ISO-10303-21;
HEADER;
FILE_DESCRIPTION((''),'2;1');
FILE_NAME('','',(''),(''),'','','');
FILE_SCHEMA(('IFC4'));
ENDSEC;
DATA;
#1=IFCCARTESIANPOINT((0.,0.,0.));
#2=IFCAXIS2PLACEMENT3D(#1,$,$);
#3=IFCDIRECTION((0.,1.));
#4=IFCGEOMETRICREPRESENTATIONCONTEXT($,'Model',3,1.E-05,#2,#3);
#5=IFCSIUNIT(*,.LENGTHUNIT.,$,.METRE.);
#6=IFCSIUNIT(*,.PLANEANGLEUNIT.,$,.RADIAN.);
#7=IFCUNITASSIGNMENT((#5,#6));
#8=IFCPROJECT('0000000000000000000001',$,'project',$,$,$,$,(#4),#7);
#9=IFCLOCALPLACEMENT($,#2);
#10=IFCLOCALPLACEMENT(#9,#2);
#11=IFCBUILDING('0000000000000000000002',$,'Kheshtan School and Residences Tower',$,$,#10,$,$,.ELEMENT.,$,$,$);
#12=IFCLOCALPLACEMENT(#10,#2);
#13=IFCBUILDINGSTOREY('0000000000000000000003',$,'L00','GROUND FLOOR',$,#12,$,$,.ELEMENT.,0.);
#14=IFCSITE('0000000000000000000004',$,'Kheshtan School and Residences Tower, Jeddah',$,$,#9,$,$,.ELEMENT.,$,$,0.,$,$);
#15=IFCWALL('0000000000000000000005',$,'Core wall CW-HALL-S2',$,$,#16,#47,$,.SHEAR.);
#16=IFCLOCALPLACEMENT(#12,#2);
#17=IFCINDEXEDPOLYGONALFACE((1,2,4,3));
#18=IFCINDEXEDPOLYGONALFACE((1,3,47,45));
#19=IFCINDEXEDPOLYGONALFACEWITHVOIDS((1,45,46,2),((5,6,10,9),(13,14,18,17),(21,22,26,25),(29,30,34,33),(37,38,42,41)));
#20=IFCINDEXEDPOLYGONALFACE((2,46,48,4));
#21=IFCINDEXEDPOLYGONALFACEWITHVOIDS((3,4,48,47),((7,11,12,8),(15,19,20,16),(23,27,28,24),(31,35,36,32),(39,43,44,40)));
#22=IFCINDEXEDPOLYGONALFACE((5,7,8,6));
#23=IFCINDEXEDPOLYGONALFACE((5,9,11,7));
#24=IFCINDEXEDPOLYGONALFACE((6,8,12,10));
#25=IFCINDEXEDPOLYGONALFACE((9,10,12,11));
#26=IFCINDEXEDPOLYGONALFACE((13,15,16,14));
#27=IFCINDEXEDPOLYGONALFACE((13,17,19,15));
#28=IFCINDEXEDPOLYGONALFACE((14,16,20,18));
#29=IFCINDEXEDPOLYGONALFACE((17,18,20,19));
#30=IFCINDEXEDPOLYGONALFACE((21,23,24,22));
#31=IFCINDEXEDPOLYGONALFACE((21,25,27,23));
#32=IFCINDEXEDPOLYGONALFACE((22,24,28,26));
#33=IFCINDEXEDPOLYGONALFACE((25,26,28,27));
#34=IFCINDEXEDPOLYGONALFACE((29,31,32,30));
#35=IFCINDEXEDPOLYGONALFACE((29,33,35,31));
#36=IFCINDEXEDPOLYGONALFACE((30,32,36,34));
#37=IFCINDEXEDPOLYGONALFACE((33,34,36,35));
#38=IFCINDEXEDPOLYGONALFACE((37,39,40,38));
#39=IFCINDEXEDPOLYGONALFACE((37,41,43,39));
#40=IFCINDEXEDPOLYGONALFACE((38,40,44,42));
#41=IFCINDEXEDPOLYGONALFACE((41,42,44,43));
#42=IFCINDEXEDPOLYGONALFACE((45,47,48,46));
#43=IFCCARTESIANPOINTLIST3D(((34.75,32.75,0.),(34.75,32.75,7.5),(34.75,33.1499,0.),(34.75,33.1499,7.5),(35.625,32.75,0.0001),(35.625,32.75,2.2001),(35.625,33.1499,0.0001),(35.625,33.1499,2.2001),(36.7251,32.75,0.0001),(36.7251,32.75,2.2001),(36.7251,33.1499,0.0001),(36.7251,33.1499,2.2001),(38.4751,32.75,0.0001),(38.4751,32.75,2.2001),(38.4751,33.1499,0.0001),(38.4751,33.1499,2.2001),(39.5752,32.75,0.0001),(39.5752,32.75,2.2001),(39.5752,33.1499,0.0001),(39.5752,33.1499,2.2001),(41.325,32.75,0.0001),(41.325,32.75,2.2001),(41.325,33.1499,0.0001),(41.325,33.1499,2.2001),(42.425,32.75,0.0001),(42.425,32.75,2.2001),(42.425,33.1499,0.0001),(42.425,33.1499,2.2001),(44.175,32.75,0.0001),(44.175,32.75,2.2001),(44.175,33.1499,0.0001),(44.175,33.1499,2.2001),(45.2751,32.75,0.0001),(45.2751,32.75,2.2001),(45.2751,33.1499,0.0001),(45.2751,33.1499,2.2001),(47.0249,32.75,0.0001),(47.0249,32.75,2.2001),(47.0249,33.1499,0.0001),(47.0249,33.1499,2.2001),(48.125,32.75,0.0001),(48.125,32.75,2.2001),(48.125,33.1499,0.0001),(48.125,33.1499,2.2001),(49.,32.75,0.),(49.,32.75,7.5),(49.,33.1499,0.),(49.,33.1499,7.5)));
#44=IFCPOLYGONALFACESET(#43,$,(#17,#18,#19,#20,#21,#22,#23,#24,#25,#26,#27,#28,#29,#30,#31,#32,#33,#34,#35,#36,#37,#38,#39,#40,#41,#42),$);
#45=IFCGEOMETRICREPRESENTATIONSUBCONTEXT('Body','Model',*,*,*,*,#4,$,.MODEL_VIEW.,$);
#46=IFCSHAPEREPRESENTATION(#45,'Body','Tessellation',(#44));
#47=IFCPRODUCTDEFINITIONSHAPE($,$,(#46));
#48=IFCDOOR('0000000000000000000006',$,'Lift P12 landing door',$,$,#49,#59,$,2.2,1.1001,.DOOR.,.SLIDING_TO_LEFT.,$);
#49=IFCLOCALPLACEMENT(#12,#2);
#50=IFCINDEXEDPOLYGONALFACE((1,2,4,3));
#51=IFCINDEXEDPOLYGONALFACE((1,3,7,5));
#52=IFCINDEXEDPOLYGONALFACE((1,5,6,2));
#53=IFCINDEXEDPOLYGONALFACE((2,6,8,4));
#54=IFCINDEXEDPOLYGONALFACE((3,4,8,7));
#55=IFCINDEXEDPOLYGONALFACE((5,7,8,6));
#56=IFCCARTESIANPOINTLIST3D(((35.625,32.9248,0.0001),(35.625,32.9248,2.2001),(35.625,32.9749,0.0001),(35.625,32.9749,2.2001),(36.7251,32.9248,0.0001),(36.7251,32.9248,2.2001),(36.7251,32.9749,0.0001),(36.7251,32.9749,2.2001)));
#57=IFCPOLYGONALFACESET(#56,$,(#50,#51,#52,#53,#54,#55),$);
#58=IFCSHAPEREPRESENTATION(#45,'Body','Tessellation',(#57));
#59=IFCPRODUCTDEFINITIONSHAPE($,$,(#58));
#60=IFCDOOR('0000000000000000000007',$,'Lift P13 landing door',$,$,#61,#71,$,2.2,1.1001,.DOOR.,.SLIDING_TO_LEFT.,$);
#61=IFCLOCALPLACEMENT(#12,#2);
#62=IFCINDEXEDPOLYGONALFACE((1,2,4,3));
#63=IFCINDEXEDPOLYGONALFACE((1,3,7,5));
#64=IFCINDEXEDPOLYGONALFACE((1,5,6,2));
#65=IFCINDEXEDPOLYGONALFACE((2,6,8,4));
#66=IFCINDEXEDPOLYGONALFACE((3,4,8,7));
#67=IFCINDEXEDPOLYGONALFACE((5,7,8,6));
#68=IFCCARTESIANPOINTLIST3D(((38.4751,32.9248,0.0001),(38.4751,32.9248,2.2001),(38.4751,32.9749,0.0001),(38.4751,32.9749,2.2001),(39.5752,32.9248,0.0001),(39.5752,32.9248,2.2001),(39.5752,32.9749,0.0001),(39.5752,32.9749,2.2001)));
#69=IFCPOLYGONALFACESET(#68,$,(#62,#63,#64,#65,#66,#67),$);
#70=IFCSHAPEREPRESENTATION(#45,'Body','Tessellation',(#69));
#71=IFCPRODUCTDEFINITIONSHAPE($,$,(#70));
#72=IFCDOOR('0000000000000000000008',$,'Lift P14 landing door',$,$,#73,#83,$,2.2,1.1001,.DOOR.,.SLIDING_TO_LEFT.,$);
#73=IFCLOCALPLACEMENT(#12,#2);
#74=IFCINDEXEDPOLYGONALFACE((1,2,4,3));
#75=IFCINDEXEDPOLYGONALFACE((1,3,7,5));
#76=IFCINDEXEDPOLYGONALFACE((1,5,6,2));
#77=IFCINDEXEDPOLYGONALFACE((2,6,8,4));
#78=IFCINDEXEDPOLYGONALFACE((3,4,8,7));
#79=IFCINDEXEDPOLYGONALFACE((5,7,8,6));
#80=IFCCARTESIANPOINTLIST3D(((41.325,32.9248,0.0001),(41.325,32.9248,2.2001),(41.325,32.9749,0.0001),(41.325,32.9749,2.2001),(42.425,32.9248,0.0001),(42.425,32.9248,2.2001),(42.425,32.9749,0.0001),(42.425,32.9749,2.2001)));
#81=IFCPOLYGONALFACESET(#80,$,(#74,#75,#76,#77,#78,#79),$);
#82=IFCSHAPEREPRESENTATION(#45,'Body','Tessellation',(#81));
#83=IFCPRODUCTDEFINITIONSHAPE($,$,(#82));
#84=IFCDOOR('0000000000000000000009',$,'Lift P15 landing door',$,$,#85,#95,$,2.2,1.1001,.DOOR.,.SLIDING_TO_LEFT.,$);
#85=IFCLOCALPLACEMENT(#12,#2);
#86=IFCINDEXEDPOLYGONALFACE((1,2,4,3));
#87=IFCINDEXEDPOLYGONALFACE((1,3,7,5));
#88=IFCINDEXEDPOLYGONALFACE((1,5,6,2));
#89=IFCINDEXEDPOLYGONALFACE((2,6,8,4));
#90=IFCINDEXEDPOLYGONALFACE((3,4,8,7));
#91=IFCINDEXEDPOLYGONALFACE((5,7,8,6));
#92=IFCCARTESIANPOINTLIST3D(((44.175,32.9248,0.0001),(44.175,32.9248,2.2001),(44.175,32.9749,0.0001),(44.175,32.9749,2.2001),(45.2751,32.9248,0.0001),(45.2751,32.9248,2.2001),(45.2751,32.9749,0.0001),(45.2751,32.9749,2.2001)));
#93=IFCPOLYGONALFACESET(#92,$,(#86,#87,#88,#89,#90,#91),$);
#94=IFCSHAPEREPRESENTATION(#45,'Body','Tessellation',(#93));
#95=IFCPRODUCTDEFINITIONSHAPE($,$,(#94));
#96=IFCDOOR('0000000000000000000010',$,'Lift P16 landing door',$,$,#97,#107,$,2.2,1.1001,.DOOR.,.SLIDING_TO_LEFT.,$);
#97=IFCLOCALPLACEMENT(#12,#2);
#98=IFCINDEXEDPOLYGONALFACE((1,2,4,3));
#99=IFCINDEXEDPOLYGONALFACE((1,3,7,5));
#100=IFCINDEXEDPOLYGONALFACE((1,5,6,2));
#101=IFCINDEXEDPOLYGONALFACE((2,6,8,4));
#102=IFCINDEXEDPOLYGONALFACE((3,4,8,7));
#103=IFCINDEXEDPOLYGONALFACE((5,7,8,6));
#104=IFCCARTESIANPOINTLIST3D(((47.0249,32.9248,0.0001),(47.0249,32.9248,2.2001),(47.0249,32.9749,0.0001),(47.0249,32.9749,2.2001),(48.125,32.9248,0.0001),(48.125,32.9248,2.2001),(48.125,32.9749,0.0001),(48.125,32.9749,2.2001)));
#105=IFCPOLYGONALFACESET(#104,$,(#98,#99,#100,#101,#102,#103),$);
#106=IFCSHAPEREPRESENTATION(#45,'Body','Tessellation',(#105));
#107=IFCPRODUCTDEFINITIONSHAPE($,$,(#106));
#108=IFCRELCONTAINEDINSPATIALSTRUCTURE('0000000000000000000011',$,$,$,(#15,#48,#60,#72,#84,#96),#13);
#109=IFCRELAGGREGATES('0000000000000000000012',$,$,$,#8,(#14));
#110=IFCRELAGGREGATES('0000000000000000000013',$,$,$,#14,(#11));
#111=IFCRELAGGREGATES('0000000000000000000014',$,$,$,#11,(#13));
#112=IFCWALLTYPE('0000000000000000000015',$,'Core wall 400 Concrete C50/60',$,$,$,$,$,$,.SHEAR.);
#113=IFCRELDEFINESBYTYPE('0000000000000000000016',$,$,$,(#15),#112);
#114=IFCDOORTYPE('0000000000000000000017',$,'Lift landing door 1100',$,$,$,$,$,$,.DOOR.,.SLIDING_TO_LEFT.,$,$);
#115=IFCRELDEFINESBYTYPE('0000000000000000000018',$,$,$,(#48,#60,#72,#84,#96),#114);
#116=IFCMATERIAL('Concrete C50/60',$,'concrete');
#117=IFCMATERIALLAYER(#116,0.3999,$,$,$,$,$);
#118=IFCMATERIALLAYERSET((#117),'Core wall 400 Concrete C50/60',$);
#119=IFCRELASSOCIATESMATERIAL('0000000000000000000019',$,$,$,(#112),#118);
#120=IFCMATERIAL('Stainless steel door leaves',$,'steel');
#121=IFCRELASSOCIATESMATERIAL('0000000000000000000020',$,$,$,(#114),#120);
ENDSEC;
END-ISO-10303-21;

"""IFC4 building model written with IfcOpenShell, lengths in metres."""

from ifc_helpers import new_model, si_unit, direction, frame, frame_2d, origin, place, context, subcontext, project, spatial, rectangle, extrude, source, transform, mapped, material, layer, layer_set, type_object, element, fill, save


model = new_model("IFC4")

# Units and contexts
model_context = context("Model", 3, precision=1e-05, world=origin(), true_north=direction((0.0, 1.0)))
body_context = subcontext(model_context, "Body", "Model", "MODEL_VIEW")
ifc_project = project(units=[si_unit("LENGTHUNIT", "METRE"), si_unit("PLANEANGLEUNIT", "RADIAN")], contexts=[model_context])

# Site, building, storey
site_placement = place(None, origin())
site = spatial("IfcSite", under=ifc_project, at=site_placement, Name="Kheshtan School and Residences Tower, Jeddah", CompositionType="ELEMENT", RefElevation=0.0)
building_placement = place(site_placement, origin())
building = spatial("IfcBuilding", under=site, at=building_placement, Name="Kheshtan School and Residences Tower", CompositionType="ELEMENT")
storey_placement = place(building_placement, origin())
storey = spatial("IfcBuildingStorey", under=building, at=storey_placement, Name="L00", Description="GROUND FLOOR", CompositionType="ELEMENT", Elevation=0.0)

# Wall, openings, doors
ifc_material_1 = material(Name="Concrete C50/60", Category="concrete")
ifc_layer_1 = layer(ifc_material_1, 0.3999)
ifc_layer_set_1 = layer_set([ifc_layer_1], Name="Core wall 400 Concrete C50/60")
wall_type_1 = type_object("IfcWallType", Name="Core wall 400 Concrete C50/60", PredefinedType="SHEAR", material=ifc_layer_set_1)
ifc_material_2 = material(Name="Stainless steel door leaves", Category="steel")
door_type_1 = type_object("IfcDoorType", Name="Lift landing door 1100", OperationType="SLIDING_TO_LEFT", PredefinedType="DOOR", material=ifc_material_2)
shared_shape_1 = source(origin(), body_context, "Body", "SweptSolid", [
    extrude(rectangle(XDim=1.1001, YDim=2.2, at=frame_2d((0.55, 1.1001))), frame((0.0, 0.0249, 0.0), z_axis=(0.0, -1.0, 0.0), x_axis=(1.0, 0.0, 0.0)), (0.0, 0.0, 1.0), 0.05),
])
wall_1_placement = place(storey_placement, frame((34.75, 32.95, 0.0), z_axis=(0.0, 0.0, 1.0), x_axis=(1.0, 0.0, 0.0)))
wall_1 = element("IfcWall", 1, at=wall_1_placement, inside=storey, type_object=wall_type_1, Name="Core wall CW-HALL-S2", PredefinedType="SHEAR", context=body_context, shape_type="SweptSolid", body=[
    extrude(rectangle(XDim=14.25, YDim=0.3999, at=frame_2d((7.125, 0.0))), origin(), (0.0, 0.0, 1.0), 7.5),
])
opening_1_placement = place(wall_1_placement, frame((0.875, 0.0, 0.0)))
opening_1 = element("IfcOpeningElement", 2, at=opening_1_placement, cuts=wall_1, PredefinedType="OPENING", context=body_context, shape_type="SweptSolid", body=[
    extrude(rectangle(XDim=1.1001, YDim=2.2, at=frame_2d((0.55, 1.1001))), frame((0.0, 0.21, 0.0), z_axis=(0.0, -1.0, 0.0), x_axis=(1.0, 0.0, 0.0)), (0.0, 0.0, 1.0), 0.4199),
])
opening_2_placement = place(wall_1_placement, frame((3.7251, 0.0, 0.0)))
opening_2 = element("IfcOpeningElement", 3, at=opening_2_placement, cuts=wall_1, PredefinedType="OPENING", context=body_context, shape_type="SweptSolid", body=[
    extrude(rectangle(XDim=1.1001, YDim=2.2, at=frame_2d((0.55, 1.1001))), frame((0.0, 0.21, 0.0), z_axis=(0.0, -1.0, 0.0), x_axis=(1.0, 0.0, 0.0)), (0.0, 0.0, 1.0), 0.4199),
])
opening_3_placement = place(wall_1_placement, frame((6.575, 0.0, 0.0)))
opening_3 = element("IfcOpeningElement", 4, at=opening_3_placement, cuts=wall_1, PredefinedType="OPENING", context=body_context, shape_type="SweptSolid", body=[
    extrude(rectangle(XDim=1.1001, YDim=2.2, at=frame_2d((0.55, 1.1001))), frame((0.0, 0.21, 0.0), z_axis=(0.0, -1.0, 0.0), x_axis=(1.0, 0.0, 0.0)), (0.0, 0.0, 1.0), 0.4199),
])
opening_4_placement = place(wall_1_placement, frame((9.425, 0.0, 0.0)))
opening_4 = element("IfcOpeningElement", 5, at=opening_4_placement, cuts=wall_1, PredefinedType="OPENING", context=body_context, shape_type="SweptSolid", body=[
    extrude(rectangle(XDim=1.1001, YDim=2.2, at=frame_2d((0.55, 1.1001))), frame((0.0, 0.21, 0.0), z_axis=(0.0, -1.0, 0.0), x_axis=(1.0, 0.0, 0.0)), (0.0, 0.0, 1.0), 0.4199),
])
opening_5_placement = place(wall_1_placement, frame((12.2749, 0.0, 0.0)))
opening_5 = element("IfcOpeningElement", 6, at=opening_5_placement, cuts=wall_1, PredefinedType="OPENING", context=body_context, shape_type="SweptSolid", body=[
    extrude(rectangle(XDim=1.1001, YDim=2.2, at=frame_2d((0.55, 1.1001))), frame((0.0, 0.21, 0.0), z_axis=(0.0, -1.0, 0.0), x_axis=(1.0, 0.0, 0.0)), (0.0, 0.0, 1.0), 0.4199),
])
door_1_placement = place(opening_1_placement, origin())
door_1 = element("IfcDoor", 7, at=door_1_placement, inside=storey, type_object=door_type_1, Name="Lift P12 landing door", OperationType="SLIDING_TO_LEFT", OverallHeight=2.2, OverallWidth=1.1001, PredefinedType="DOOR", context=body_context, shape_type="MappedRepresentation", body=[
    mapped(shared_shape_1, transform((0.0, 0.0, 0.0), x_axis=(1.0, 0.0, 0.0), y_axis=(0.0, 1.0, 0.0), z_axis=(0.0, 0.0, 1.0), scale=1.0)),
])
fill(opening_1, door_1)
door_2_placement = place(opening_2_placement, origin())
door_2 = element("IfcDoor", 8, at=door_2_placement, inside=storey, type_object=door_type_1, Name="Lift P13 landing door", OperationType="SLIDING_TO_LEFT", OverallHeight=2.2, OverallWidth=1.1001, PredefinedType="DOOR", context=body_context, shape_type="MappedRepresentation", body=[
    mapped(shared_shape_1, transform((0.0, 0.0, 0.0), x_axis=(1.0, 0.0, 0.0), y_axis=(0.0, 1.0, 0.0), z_axis=(0.0, 0.0, 1.0), scale=1.0)),
])
fill(opening_2, door_2)
door_3_placement = place(opening_3_placement, origin())
door_3 = element("IfcDoor", 9, at=door_3_placement, inside=storey, type_object=door_type_1, Name="Lift P14 landing door", OperationType="SLIDING_TO_LEFT", OverallHeight=2.2, OverallWidth=1.1001, PredefinedType="DOOR", context=body_context, shape_type="MappedRepresentation", body=[
    mapped(shared_shape_1, transform((0.0, 0.0, 0.0), x_axis=(1.0, 0.0, 0.0), y_axis=(0.0, 1.0, 0.0), z_axis=(0.0, 0.0, 1.0), scale=1.0)),
])
fill(opening_3, door_3)
door_4_placement = place(opening_4_placement, origin())
door_4 = element("IfcDoor", 10, at=door_4_placement, inside=storey, type_object=door_type_1, Name="Lift P15 landing door", OperationType="SLIDING_TO_LEFT", OverallHeight=2.2, OverallWidth=1.1001, PredefinedType="DOOR", context=body_context, shape_type="MappedRepresentation", body=[
    mapped(shared_shape_1, transform((0.0, 0.0, 0.0), x_axis=(1.0, 0.0, 0.0), y_axis=(0.0, 1.0, 0.0), z_axis=(0.0, 0.0, 1.0), scale=1.0)),
])
fill(opening_4, door_4)
door_5_placement = place(opening_5_placement, origin())
door_5 = element("IfcDoor", 11, at=door_5_placement, inside=storey, type_object=door_type_1, Name="Lift P16 landing door", OperationType="SLIDING_TO_LEFT", OverallHeight=2.2, OverallWidth=1.1001, PredefinedType="DOOR", context=body_context, shape_type="MappedRepresentation", body=[
    mapped(shared_shape_1, transform((0.0, 0.0, 0.0), x_axis=(1.0, 0.0, 0.0), y_axis=(0.0, 1.0, 0.0), z_axis=(0.0, 0.0, 1.0), scale=1.0)),
])
fill(opening_5, door_5)

save(model, "model.ifc")
